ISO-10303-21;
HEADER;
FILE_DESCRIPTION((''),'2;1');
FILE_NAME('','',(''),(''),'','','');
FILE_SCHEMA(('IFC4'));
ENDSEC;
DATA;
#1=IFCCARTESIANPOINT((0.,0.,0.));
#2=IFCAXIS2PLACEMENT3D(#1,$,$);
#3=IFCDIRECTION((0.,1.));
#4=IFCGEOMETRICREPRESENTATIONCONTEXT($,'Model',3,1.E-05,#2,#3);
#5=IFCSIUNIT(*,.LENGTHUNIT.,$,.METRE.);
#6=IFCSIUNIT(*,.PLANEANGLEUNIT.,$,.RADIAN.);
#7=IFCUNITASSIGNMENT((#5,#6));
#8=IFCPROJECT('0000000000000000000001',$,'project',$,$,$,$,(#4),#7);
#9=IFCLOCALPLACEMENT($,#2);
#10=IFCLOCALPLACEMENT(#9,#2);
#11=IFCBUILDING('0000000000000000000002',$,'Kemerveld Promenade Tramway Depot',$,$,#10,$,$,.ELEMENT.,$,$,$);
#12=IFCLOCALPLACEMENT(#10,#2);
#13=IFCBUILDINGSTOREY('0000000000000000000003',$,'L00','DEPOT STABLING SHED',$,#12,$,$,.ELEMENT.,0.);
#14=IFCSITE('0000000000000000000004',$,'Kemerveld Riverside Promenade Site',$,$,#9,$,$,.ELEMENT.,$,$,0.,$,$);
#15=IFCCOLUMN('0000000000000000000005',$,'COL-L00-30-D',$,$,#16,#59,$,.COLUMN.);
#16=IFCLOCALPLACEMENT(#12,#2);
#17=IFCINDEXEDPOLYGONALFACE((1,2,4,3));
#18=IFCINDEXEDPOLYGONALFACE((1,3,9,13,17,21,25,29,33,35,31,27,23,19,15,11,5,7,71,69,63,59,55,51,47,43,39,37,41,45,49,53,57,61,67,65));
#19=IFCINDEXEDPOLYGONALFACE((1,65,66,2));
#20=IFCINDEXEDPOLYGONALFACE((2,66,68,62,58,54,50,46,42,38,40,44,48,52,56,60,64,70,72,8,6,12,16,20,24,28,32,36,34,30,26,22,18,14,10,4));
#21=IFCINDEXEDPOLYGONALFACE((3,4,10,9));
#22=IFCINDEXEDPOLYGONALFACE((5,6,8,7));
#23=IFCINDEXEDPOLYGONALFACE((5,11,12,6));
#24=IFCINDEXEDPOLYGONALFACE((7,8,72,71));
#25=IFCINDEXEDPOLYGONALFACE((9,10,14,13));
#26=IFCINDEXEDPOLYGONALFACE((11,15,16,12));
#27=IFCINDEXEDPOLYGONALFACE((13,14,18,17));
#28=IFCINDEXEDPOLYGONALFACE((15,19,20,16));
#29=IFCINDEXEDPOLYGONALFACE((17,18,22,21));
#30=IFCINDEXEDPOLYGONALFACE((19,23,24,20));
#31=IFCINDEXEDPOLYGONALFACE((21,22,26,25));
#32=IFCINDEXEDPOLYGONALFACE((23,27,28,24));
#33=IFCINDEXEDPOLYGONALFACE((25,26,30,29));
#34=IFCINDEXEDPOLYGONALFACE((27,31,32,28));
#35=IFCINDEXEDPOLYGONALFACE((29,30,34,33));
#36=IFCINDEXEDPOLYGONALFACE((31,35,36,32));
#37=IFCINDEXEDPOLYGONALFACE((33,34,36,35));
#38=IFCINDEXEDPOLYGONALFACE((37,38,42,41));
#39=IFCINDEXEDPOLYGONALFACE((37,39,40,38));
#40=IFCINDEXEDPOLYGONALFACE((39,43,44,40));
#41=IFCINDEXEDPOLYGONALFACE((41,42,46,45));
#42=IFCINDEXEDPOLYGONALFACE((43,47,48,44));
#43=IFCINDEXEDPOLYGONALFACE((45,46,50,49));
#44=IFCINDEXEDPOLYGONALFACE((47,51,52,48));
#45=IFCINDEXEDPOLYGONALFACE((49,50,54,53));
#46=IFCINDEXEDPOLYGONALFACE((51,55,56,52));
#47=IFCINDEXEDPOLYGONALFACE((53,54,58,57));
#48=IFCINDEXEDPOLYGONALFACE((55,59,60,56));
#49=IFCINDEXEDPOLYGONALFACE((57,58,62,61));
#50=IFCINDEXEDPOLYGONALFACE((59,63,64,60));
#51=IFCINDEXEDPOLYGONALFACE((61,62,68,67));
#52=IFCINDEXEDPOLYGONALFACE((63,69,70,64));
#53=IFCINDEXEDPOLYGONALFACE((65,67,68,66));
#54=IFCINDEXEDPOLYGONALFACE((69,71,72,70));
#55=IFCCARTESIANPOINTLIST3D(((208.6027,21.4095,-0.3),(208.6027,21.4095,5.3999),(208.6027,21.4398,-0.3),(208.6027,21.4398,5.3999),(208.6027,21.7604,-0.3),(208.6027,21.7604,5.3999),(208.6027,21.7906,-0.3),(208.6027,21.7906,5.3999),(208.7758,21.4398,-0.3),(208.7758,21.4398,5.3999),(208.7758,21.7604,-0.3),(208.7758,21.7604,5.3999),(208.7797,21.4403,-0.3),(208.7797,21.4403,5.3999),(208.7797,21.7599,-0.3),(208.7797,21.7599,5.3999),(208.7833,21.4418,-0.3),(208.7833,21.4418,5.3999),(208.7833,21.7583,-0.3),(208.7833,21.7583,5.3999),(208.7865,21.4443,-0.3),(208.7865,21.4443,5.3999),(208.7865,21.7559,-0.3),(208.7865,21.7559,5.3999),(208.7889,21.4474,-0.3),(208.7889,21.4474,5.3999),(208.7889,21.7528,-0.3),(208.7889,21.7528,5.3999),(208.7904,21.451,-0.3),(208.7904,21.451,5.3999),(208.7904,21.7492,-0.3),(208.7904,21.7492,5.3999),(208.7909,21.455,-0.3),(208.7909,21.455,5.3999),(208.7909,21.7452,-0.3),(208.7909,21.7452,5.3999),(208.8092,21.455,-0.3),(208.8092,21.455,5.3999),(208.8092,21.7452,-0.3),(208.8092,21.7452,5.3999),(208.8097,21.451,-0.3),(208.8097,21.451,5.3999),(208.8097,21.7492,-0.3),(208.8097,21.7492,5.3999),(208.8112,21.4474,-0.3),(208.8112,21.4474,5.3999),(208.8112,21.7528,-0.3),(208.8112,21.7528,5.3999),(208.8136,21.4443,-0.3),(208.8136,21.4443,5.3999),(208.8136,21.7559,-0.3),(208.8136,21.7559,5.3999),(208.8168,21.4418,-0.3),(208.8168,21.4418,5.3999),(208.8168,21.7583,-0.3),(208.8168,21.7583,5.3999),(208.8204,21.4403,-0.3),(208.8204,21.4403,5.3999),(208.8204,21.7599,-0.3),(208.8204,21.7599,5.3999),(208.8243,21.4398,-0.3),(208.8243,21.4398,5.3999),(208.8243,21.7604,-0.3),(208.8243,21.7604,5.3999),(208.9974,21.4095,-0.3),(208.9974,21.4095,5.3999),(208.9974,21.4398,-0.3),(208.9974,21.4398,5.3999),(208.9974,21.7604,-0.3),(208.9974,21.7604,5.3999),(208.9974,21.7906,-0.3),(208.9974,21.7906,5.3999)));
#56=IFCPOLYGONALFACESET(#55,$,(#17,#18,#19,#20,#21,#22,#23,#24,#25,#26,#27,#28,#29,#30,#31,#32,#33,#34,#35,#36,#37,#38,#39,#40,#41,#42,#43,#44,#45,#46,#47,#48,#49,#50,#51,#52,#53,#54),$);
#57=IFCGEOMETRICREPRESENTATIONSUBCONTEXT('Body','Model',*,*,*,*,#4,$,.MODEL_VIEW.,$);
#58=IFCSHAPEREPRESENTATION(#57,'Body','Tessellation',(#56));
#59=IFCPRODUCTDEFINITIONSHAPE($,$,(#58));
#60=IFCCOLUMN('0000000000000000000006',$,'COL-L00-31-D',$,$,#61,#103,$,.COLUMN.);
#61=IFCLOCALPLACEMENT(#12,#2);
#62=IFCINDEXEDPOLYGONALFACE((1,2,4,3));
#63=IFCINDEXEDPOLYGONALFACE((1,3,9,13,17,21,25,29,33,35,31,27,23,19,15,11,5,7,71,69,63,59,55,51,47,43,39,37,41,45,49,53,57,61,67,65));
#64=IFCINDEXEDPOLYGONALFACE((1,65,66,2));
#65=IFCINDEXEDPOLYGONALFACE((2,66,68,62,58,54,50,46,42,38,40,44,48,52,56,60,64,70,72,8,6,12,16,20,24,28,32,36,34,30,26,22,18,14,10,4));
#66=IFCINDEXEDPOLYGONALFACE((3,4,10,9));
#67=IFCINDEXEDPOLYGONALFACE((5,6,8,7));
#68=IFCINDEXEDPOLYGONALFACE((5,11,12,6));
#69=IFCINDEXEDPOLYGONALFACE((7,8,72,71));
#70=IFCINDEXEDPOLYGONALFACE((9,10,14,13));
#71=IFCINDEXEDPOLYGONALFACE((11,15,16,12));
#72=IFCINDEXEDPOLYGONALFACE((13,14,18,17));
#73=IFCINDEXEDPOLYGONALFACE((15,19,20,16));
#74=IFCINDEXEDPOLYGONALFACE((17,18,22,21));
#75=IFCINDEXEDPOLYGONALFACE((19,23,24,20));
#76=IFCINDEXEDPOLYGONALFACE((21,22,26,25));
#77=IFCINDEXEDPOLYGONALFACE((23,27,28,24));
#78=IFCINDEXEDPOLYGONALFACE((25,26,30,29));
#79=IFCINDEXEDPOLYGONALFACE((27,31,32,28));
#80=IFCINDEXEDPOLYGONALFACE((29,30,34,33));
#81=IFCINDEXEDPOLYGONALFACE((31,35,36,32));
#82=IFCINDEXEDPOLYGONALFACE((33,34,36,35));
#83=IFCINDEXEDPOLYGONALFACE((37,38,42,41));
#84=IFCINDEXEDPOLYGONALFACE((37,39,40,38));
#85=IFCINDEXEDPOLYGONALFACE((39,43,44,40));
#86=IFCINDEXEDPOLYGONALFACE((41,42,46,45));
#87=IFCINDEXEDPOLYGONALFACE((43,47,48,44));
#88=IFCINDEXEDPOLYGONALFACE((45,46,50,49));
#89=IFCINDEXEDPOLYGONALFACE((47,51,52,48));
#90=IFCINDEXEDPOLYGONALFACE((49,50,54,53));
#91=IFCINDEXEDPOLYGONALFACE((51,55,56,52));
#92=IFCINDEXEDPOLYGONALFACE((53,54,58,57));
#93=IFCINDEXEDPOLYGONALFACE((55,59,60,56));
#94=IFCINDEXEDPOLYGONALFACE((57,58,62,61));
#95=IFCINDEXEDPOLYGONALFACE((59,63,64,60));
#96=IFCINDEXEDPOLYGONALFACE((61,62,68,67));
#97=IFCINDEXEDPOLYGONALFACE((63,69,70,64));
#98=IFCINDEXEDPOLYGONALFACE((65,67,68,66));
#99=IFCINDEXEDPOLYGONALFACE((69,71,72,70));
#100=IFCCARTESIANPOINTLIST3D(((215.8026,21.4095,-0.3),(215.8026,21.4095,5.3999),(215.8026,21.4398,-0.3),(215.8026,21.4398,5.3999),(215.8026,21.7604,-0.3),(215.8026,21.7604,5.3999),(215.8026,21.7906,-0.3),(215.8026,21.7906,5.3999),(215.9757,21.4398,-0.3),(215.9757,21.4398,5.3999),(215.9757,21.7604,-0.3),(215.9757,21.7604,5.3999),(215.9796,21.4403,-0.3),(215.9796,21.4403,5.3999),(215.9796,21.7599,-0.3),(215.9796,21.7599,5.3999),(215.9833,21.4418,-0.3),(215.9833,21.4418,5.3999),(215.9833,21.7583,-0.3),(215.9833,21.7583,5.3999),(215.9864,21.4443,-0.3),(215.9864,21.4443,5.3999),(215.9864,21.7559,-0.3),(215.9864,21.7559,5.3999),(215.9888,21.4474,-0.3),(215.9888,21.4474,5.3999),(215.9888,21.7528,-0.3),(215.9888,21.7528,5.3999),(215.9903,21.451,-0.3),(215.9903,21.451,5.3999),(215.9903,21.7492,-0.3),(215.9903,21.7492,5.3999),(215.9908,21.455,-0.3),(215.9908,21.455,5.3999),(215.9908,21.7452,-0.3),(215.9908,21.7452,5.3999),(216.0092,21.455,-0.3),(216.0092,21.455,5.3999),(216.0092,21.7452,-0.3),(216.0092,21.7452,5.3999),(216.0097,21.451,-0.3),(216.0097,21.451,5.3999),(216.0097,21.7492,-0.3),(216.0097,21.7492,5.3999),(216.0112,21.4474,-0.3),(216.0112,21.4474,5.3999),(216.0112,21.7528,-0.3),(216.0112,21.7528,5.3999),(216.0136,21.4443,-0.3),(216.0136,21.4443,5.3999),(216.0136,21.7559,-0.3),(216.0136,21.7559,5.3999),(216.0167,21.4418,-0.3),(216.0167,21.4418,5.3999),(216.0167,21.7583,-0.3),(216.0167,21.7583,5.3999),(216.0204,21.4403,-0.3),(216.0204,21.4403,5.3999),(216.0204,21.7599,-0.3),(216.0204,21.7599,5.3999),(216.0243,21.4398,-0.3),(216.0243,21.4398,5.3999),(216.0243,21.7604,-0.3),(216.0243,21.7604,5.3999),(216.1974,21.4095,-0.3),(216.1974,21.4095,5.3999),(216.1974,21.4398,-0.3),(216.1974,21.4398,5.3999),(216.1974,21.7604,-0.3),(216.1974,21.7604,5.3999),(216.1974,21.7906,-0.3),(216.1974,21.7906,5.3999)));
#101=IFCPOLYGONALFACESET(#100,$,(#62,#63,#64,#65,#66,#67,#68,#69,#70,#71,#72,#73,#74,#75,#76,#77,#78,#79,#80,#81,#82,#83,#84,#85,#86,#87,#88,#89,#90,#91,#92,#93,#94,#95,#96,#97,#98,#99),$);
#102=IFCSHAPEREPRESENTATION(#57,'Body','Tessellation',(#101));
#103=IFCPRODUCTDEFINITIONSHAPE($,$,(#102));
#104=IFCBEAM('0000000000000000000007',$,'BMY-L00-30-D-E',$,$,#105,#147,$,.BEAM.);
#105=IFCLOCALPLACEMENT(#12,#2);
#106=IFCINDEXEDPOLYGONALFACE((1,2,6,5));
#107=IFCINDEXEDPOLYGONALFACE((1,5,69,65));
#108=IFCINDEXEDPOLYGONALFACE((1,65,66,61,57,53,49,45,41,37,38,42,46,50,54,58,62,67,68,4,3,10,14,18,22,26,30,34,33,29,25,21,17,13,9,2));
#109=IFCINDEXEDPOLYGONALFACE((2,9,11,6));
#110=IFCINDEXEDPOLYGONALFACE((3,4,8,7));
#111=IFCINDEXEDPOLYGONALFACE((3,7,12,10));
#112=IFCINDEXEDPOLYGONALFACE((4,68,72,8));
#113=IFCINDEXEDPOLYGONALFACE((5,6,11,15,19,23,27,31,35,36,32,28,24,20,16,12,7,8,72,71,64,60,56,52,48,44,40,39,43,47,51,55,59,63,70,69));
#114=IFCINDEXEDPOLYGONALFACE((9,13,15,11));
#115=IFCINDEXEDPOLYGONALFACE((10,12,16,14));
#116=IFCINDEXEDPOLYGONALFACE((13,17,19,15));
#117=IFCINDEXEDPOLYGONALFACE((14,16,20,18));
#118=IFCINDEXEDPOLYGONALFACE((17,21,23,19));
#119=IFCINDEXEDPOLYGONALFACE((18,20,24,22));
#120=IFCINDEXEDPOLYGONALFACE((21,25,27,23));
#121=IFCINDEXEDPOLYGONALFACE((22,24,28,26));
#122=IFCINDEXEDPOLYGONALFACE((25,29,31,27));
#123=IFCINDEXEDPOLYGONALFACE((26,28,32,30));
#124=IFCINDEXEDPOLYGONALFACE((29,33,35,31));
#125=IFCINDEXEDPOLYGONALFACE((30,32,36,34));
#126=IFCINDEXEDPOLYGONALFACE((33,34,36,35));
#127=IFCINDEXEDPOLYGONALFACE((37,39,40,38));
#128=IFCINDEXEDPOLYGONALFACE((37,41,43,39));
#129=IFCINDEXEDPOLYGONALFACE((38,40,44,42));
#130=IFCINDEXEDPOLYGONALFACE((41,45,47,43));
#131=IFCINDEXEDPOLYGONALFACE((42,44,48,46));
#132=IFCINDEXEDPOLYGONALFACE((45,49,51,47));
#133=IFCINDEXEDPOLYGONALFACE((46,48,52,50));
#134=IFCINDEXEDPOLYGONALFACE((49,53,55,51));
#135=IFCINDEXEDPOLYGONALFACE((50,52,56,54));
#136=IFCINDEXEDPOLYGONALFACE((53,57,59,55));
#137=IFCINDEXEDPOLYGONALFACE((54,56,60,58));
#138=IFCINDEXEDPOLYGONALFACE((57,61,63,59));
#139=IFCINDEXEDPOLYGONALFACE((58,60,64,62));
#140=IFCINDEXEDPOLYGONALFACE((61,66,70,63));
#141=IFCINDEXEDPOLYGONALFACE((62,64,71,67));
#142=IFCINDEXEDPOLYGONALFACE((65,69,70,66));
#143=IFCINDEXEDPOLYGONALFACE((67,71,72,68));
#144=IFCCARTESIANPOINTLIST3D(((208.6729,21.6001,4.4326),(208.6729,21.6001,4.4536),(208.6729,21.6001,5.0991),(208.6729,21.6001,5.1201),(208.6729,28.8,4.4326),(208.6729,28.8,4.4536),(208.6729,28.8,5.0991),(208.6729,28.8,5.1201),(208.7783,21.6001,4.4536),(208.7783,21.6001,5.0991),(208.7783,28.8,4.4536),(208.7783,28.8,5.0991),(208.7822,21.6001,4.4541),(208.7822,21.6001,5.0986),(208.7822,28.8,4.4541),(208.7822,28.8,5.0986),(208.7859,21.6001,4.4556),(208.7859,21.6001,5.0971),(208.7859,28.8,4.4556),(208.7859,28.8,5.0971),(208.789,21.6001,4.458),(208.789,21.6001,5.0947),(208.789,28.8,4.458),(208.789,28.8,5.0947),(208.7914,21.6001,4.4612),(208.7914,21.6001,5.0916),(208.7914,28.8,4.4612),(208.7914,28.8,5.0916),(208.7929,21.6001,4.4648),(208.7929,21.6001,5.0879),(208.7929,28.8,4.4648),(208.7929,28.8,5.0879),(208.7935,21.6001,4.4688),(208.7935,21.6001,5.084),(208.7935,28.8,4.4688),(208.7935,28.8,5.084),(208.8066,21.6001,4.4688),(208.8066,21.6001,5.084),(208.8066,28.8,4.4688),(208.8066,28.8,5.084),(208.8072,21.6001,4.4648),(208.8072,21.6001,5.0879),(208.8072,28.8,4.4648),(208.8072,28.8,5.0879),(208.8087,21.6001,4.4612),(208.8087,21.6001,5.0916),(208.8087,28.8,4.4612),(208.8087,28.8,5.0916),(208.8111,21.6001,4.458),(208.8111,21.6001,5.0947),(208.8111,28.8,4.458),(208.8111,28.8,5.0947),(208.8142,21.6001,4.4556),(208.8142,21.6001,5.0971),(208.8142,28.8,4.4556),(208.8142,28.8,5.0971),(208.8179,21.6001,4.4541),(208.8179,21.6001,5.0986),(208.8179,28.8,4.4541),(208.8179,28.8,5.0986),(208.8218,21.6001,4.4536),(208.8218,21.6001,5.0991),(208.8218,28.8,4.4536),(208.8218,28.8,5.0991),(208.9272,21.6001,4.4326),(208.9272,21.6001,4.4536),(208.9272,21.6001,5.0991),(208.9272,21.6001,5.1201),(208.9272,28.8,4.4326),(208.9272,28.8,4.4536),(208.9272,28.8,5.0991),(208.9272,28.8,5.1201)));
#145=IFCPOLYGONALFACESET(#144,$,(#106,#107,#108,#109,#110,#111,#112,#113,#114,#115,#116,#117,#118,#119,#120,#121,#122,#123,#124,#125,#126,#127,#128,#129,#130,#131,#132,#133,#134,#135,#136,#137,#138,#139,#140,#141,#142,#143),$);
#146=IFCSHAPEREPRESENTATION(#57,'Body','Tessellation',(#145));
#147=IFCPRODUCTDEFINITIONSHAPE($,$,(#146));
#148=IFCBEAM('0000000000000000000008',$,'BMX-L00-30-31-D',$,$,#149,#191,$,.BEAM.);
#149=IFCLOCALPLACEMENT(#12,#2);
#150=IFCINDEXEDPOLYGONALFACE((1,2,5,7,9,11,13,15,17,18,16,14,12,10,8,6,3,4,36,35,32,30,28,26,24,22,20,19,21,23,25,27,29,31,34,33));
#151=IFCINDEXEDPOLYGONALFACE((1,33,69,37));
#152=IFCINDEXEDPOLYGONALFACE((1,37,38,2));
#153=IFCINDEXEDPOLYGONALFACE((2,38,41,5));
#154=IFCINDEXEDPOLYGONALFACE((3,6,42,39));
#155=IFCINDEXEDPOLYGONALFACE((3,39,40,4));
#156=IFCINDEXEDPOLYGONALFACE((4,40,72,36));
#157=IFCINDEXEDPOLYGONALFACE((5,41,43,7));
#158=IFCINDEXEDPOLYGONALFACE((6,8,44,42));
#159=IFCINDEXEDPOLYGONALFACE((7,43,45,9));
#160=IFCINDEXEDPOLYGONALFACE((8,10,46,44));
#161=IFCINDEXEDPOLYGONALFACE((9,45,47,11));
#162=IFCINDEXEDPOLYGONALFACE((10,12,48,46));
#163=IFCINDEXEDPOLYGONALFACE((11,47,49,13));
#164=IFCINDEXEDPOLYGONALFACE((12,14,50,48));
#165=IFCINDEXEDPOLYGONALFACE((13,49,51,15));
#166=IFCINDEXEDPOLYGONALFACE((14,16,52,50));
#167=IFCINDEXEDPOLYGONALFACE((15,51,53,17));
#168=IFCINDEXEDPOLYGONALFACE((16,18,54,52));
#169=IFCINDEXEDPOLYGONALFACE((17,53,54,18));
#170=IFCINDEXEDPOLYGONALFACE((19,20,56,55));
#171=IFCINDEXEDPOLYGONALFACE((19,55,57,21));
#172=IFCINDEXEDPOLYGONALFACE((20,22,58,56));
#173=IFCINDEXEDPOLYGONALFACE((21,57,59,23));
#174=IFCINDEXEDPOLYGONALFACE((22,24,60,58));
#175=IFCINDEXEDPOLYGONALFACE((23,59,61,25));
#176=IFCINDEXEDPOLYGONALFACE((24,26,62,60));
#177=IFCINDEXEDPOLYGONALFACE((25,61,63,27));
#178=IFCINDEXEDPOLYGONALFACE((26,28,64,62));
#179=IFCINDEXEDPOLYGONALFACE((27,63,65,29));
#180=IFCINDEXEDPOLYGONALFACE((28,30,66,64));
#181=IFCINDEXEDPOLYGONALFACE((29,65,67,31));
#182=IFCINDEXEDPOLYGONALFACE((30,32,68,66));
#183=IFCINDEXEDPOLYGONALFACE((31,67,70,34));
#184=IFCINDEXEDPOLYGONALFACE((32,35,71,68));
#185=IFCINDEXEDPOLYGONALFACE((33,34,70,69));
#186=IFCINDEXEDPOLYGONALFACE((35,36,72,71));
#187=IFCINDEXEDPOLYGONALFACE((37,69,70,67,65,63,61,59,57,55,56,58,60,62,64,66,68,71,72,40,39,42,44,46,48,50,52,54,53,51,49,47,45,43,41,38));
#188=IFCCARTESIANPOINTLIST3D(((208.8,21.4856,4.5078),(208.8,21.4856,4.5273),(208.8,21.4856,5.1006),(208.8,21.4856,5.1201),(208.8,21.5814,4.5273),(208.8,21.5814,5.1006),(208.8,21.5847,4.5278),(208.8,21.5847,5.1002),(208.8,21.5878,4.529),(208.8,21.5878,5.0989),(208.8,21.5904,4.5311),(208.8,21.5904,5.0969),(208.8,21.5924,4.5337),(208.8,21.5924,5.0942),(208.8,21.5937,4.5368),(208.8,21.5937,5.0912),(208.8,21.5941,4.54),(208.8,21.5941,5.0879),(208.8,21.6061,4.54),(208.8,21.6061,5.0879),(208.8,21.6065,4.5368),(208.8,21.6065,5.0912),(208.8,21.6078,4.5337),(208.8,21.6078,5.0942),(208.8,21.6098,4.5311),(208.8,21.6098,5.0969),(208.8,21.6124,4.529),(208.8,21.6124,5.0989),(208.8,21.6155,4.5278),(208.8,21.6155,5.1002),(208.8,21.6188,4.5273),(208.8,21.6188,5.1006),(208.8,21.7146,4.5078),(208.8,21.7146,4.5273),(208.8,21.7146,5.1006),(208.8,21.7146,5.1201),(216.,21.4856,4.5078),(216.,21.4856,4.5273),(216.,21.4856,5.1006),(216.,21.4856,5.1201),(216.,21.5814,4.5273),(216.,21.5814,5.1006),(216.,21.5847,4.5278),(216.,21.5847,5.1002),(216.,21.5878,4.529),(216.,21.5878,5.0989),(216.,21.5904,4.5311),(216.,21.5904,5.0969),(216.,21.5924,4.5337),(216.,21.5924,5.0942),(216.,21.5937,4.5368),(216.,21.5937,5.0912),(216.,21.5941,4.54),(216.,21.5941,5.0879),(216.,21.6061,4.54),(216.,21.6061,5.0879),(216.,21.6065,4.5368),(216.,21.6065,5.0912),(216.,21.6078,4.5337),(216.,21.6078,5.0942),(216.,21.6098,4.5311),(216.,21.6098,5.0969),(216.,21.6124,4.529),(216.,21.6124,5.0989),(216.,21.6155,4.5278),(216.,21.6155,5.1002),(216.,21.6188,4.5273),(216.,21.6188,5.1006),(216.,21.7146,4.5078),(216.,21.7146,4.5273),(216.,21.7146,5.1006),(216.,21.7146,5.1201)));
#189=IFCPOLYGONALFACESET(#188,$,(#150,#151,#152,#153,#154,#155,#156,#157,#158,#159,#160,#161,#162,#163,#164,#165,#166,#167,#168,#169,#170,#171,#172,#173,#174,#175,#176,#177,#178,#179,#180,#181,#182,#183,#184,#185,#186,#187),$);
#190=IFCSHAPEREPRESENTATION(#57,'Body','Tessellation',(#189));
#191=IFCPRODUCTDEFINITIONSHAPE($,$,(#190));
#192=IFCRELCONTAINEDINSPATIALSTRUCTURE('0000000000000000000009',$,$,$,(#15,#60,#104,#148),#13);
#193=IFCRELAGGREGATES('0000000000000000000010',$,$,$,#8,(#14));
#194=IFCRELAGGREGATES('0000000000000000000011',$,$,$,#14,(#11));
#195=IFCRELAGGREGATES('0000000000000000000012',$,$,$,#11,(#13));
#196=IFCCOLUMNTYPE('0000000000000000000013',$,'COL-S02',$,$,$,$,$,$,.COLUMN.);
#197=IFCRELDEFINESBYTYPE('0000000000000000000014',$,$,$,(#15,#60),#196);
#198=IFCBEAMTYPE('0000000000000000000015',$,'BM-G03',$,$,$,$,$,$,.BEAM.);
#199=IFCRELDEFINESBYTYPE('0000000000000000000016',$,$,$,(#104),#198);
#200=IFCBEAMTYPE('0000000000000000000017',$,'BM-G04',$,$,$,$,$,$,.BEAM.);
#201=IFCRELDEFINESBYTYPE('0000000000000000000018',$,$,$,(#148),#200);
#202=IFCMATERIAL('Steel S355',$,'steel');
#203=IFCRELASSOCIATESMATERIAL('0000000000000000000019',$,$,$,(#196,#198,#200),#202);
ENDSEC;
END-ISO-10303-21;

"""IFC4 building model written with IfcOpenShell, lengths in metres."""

from ifc_helpers import new_model, si_unit, direction, frame, origin, origin_2d, place, context, subcontext, project, spatial, i_section, extrude, material, material_profile, profile_set, type_object, element, save


model = new_model("IFC4")

# Units and contexts
model_context = context("Model", 3, precision=1e-05, world=origin(), true_north=direction((0.0, 1.0)))
body_context = subcontext(model_context, "Body", "Model", "MODEL_VIEW")
ifc_project = project(units=[si_unit("LENGTHUNIT", "METRE"), si_unit("PLANEANGLEUNIT", "RADIAN")], contexts=[model_context])

# Site, building, storey
site_placement = place(None, origin())
site = spatial("IfcSite", under=ifc_project, at=site_placement, Name="Kemerveld Riverside Promenade Site", CompositionType="ELEMENT", RefElevation=0.0)
building_placement = place(site_placement, origin())
building = spatial("IfcBuilding", under=site, at=building_placement, Name="Kemerveld Promenade Tramway Depot", CompositionType="ELEMENT")
storey_placement = place(building_placement, origin())
storey = spatial("IfcBuildingStorey", under=building, at=storey_placement, Name="L00", Description="DEPOT STABLING SHED", CompositionType="ELEMENT", Elevation=0.0)

# Columns
ifc_material_1 = material(Name="Steel S355", Category="steel")
ifc_material_profile_1 = material_profile(ifc_material_1, i_section(OverallWidth=0.3948, OverallDepth=0.3811, WebThickness=0.0183, FlangeThickness=0.0303, FilletRadius=0.0151, at=origin_2d()), Name="356x406x235 UC")
ifc_profile_set_1 = profile_set([ifc_material_profile_1], Name="Steel S355")
column_type = type_object("IfcColumnType", Name="COL-S02", PredefinedType="COLUMN", material=ifc_profile_set_1)
for number, where, z_axis, x_axis, name in (
    (1, (208.8, 21.6001, -0.3), (0.0, 0.0, 1.0), (1.0, 0.0, 0.0), "COL-L00-30-D"),
    (2, (216.0, 21.6001, -0.3), (0.0, 0.0, 1.0), (1.0, 0.0, 0.0), "COL-L00-31-D"),
):
    element("IfcColumn", number, at=place(storey_placement, frame(where, z_axis=z_axis, x_axis=x_axis)), inside=storey, type_object=column_type, Name=name, PredefinedType="COLUMN", context=body_context, shape_type="SweptSolid", body=[
        extrude(i_section(OverallWidth=0.3948, OverallDepth=0.3811, WebThickness=0.0183, FlangeThickness=0.0303, FilletRadius=0.0151, at=origin_2d()), origin(), (0.0, 0.0, 1.0), 5.7),
    ])

# Beams
ifc_material_profile_2 = material_profile(ifc_material_1, i_section(OverallWidth=0.2544, OverallDepth=0.6875, WebThickness=0.0132, FlangeThickness=0.021, FilletRadius=0.0151, at=origin_2d()), Name="686x254x152 UB")
ifc_profile_set_2 = profile_set([ifc_material_profile_2], Name="Steel S355")
beam_type_1 = type_object("IfcBeamType", Name="BM-G03", PredefinedType="BEAM", material=ifc_profile_set_2)
beam_1_placement = place(storey_placement, frame((208.8, 21.6001, 4.7764), z_axis=(0.0, 1.0, 0.0), x_axis=(-1.0, 0.0, 0.0)))
element("IfcBeam", 3, at=beam_1_placement, inside=storey, type_object=beam_type_1, Name="BMY-L00-30-D-E", PredefinedType="BEAM", context=body_context, shape_type="SweptSolid", body=[
    extrude(i_section(OverallWidth=0.2544, OverallDepth=0.6875, WebThickness=0.0132, FlangeThickness=0.021, FilletRadius=0.0151, at=origin_2d()), origin(), (0.0, 0.0, 1.0), 7.2),
])
ifc_material_profile_3 = material_profile(ifc_material_1, i_section(OverallWidth=0.229, OverallDepth=0.6123, WebThickness=0.012, FlangeThickness=0.0195, FilletRadius=0.0127, at=origin_2d()), Name="610x229x125 UB")
ifc_profile_set_3 = profile_set([ifc_material_profile_3], Name="Steel S355")
beam_type_2 = type_object("IfcBeamType", Name="BM-G04", PredefinedType="BEAM", material=ifc_profile_set_3)
beam_2_placement = place(storey_placement, frame((208.8, 21.6001, 4.814), z_axis=(1.0, 0.0, 0.0), x_axis=(0.0, 1.0, 0.0)))
element("IfcBeam", 4, at=beam_2_placement, inside=storey, type_object=beam_type_2, Name="BMX-L00-30-31-D", PredefinedType="BEAM", context=body_context, shape_type="SweptSolid", body=[
    extrude(i_section(OverallWidth=0.229, OverallDepth=0.6123, WebThickness=0.012, FlangeThickness=0.0195, FilletRadius=0.0127, at=origin_2d()), origin(), (0.0, 0.0, 1.0), 7.2),
])

save(model, "model.ifc")
